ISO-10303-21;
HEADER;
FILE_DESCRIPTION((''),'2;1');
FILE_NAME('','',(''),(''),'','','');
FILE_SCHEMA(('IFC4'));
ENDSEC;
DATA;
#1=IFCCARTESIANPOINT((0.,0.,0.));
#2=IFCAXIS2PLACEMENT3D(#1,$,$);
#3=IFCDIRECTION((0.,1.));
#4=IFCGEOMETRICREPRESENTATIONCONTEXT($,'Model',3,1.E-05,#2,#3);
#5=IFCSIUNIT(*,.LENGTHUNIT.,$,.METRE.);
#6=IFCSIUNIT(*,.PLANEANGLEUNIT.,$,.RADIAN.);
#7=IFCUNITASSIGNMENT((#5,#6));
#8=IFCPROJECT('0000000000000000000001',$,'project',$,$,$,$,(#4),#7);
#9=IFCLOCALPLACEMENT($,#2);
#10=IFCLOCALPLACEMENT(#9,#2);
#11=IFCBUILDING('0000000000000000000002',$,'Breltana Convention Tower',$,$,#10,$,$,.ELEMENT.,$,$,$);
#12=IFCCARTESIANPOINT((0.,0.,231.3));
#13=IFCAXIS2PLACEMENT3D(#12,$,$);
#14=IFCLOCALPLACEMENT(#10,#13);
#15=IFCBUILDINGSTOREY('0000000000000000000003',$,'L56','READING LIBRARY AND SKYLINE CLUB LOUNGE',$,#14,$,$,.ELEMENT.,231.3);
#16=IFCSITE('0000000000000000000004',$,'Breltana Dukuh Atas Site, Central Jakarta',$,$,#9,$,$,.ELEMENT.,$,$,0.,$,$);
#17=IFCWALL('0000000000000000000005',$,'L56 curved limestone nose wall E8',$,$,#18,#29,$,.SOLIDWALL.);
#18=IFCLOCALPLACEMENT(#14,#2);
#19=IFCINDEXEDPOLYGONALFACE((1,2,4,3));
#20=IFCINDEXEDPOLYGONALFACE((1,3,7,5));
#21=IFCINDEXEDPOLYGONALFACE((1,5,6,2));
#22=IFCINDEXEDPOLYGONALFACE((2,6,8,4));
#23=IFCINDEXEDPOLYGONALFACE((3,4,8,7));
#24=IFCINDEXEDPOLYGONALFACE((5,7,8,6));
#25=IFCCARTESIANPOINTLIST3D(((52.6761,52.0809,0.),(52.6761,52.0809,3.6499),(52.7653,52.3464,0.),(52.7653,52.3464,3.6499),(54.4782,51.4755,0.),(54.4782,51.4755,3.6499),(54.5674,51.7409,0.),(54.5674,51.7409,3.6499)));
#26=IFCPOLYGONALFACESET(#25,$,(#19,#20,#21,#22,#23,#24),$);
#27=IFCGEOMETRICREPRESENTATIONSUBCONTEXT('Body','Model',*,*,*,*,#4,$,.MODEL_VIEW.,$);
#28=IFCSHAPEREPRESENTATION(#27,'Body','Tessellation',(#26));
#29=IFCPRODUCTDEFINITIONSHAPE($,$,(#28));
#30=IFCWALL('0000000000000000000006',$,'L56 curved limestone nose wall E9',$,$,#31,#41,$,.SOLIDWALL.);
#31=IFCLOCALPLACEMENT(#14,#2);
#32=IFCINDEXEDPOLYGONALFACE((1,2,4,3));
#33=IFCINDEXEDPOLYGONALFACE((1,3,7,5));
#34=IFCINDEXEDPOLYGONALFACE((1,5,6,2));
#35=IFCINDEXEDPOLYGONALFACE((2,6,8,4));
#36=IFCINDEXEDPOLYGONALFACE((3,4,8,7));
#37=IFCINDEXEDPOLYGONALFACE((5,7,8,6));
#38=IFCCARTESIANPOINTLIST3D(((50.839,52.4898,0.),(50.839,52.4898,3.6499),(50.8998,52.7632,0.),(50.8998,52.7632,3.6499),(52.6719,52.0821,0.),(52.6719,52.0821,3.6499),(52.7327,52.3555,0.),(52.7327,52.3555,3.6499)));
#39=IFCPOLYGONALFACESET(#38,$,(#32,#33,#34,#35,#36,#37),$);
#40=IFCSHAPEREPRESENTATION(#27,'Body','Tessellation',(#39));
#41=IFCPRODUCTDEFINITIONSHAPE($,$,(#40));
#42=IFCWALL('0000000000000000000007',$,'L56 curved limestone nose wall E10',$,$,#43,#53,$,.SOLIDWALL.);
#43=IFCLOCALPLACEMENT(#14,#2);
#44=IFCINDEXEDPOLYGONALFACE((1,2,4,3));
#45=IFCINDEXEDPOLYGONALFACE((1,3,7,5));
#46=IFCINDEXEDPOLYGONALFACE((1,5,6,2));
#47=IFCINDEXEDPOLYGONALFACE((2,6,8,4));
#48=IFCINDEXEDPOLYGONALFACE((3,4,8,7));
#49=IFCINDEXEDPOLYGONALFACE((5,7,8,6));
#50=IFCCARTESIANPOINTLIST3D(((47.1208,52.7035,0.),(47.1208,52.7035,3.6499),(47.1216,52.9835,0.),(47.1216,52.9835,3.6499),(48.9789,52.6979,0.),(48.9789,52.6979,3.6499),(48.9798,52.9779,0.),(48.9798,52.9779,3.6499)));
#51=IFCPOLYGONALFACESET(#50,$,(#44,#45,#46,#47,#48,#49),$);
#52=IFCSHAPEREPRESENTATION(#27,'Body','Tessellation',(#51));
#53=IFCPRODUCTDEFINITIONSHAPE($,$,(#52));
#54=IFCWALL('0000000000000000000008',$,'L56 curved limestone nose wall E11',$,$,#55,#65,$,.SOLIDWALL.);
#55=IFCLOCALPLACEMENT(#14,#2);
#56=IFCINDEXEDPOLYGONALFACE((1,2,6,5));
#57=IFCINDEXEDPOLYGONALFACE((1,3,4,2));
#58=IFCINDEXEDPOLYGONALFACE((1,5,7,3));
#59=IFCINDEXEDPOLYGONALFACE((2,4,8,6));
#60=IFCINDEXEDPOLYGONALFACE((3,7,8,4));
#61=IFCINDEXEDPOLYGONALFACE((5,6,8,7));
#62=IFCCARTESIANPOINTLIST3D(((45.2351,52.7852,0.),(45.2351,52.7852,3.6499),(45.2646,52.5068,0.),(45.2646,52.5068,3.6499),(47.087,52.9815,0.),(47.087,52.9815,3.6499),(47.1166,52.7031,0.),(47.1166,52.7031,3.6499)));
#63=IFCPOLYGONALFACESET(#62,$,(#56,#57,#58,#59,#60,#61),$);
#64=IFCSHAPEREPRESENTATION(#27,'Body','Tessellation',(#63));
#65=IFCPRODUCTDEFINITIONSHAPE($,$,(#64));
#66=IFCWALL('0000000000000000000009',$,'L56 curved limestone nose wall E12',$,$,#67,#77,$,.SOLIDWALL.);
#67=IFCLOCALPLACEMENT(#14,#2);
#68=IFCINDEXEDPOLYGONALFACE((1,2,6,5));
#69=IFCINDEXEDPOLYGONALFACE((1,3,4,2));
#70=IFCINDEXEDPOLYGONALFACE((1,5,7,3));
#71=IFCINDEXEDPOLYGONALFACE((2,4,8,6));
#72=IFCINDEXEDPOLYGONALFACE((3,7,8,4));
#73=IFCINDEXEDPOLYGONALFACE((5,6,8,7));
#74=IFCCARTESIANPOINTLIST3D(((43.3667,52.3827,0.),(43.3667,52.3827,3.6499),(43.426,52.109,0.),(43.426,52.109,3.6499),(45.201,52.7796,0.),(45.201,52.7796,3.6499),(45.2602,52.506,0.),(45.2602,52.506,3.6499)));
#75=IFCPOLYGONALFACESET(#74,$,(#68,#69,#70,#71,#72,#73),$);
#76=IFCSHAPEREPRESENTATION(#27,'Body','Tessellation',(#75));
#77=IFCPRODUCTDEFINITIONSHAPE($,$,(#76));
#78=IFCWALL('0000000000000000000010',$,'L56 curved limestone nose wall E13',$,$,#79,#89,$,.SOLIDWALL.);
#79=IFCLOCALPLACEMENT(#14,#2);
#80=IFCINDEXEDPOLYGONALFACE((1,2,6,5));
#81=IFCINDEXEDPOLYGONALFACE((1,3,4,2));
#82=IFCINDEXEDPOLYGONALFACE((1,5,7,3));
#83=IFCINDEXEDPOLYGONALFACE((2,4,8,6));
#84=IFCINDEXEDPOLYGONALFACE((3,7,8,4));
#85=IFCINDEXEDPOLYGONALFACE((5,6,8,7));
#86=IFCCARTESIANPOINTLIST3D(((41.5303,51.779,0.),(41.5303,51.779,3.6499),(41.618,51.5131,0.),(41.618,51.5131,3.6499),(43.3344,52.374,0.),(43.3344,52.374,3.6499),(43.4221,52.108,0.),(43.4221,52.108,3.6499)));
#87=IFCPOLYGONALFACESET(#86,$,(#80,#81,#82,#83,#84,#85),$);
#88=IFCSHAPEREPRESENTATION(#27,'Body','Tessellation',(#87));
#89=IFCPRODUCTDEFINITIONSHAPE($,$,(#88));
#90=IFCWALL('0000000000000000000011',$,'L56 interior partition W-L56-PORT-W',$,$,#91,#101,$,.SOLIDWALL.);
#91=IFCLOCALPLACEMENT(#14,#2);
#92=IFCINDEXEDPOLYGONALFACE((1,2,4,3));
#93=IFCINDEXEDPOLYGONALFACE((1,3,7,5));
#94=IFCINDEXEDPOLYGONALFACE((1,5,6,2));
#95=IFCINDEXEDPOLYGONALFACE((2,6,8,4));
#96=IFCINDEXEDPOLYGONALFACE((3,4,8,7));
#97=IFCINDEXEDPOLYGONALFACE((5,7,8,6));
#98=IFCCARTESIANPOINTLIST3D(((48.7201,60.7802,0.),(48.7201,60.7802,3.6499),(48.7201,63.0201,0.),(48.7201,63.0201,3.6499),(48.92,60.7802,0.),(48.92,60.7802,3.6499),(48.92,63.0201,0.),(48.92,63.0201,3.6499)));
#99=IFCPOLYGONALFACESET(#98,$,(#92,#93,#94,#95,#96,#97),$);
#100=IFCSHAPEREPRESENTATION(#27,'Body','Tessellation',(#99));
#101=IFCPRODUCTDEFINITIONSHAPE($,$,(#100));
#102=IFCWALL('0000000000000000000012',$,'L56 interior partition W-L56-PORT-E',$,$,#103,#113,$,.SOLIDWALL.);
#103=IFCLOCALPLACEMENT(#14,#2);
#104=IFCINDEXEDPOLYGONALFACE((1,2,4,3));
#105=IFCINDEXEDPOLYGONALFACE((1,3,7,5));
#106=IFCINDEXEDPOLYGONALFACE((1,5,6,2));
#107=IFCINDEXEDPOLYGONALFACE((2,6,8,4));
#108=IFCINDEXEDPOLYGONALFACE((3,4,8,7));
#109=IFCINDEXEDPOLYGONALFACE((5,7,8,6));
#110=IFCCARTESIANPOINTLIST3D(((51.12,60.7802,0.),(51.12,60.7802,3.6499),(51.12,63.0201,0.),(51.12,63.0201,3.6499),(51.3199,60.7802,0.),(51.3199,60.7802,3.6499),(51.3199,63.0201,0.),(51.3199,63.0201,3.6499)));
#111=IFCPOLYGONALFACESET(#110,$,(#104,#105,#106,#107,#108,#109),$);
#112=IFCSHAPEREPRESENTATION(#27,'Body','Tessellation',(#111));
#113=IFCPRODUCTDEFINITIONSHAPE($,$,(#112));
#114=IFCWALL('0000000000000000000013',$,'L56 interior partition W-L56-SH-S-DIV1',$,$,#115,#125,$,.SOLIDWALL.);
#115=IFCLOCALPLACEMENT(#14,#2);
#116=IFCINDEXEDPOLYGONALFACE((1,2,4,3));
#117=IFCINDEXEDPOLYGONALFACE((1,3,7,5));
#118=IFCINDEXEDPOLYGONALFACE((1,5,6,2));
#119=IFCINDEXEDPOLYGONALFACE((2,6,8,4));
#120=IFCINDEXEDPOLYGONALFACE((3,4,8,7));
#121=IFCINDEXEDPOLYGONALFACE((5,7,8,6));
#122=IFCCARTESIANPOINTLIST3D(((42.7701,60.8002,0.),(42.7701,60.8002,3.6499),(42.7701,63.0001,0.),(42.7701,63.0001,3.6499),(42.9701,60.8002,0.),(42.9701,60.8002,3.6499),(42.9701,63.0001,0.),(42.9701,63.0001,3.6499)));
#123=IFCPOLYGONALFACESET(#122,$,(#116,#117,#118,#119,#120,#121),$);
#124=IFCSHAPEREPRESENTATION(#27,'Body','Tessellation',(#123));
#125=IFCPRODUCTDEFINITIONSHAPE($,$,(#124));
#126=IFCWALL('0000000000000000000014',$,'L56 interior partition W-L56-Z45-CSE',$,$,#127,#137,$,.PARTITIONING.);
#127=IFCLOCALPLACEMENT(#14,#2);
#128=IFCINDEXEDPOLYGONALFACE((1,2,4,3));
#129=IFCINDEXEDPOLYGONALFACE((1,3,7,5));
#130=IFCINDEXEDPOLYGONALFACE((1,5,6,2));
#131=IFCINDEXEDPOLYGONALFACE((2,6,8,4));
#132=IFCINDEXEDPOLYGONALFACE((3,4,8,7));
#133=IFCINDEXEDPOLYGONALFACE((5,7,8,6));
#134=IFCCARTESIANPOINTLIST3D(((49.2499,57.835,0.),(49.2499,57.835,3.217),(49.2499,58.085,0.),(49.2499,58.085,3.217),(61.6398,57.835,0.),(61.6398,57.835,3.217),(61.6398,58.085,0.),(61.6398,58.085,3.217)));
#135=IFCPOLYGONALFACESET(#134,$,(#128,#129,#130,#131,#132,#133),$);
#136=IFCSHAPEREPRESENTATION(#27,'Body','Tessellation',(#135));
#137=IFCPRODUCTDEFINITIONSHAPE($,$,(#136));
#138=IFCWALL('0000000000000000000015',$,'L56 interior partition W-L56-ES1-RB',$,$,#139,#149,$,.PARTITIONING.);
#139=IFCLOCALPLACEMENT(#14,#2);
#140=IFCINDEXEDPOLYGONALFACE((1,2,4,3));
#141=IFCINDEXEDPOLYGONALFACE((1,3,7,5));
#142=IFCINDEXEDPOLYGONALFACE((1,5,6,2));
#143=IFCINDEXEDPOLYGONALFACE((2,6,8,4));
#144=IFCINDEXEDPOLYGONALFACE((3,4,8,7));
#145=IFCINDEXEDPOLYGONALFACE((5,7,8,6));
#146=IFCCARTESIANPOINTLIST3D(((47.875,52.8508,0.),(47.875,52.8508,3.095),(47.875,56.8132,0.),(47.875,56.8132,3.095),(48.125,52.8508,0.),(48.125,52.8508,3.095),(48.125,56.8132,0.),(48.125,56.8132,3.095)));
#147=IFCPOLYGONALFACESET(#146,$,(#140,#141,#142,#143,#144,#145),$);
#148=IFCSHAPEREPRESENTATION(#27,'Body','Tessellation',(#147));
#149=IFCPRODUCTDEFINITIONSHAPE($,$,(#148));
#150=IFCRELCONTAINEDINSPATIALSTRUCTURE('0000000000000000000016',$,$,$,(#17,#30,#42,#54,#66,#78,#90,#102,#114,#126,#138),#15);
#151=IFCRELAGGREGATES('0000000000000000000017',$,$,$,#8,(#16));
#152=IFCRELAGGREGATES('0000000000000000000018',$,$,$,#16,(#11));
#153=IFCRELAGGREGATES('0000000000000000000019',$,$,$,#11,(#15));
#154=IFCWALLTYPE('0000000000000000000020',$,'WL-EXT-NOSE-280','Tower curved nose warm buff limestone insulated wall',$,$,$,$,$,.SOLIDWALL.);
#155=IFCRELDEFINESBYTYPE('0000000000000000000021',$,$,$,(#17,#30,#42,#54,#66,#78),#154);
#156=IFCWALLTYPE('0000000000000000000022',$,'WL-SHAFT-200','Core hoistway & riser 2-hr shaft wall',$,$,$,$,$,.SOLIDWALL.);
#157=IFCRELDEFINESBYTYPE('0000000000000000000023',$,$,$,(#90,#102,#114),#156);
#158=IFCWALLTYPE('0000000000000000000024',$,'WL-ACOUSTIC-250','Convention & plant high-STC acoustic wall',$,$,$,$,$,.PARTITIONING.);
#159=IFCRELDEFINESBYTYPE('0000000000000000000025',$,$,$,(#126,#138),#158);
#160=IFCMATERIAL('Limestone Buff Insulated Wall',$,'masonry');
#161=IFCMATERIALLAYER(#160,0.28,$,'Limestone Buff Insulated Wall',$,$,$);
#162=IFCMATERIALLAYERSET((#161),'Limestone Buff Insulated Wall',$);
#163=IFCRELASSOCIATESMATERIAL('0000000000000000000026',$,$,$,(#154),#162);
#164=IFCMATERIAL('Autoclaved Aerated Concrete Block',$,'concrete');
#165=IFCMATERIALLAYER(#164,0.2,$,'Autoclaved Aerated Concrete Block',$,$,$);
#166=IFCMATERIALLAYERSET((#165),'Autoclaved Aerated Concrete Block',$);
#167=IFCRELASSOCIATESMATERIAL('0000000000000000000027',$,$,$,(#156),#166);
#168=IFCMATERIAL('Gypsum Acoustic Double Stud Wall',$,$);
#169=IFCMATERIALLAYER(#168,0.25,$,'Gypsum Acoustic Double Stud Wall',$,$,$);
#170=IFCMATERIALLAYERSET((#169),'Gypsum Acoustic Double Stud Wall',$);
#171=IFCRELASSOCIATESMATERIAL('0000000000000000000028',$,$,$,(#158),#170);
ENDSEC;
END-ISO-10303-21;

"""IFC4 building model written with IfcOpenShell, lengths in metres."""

from ifc_helpers import new_model, si_unit, direction, frame, frame_2d, origin, place, context, subcontext, project, spatial, rectangle, extrude, source, transform, mapped, material, layer, layer_set, type_object, element, save


model = new_model("IFC4")

# Units and contexts
model_context = context("Model", 3, precision=1e-05, world=origin(), true_north=direction((0.0, 1.0)))
body_context = subcontext(model_context, "Body", "Model", "MODEL_VIEW")
ifc_project = project(units=[si_unit("LENGTHUNIT", "METRE"), si_unit("PLANEANGLEUNIT", "RADIAN")], contexts=[model_context])

# Site, building, storey
site_placement = place(None, origin())
site = spatial("IfcSite", under=ifc_project, at=site_placement, Name="Breltana Dukuh Atas Site, Central Jakarta", CompositionType="ELEMENT", RefElevation=0.0)
building_placement = place(site_placement, origin())
building = spatial("IfcBuilding", under=site, at=building_placement, Name="Breltana Convention Tower", CompositionType="ELEMENT")
storey_placement = place(building_placement, frame((0.0, 0.0, 231.3)))
storey = spatial("IfcBuildingStorey", under=building, at=storey_placement, Name="L56", Description="READING LIBRARY AND SKYLINE CLUB LOUNGE", CompositionType="ELEMENT", Elevation=231.3)

# Walls
ifc_material_1 = material(Name="Limestone Buff Insulated Wall", Category="masonry")
ifc_layer_1 = layer(ifc_material_1, 0.28, Name="Limestone Buff Insulated Wall")
ifc_layer_set_1 = layer_set([ifc_layer_1], Name="Limestone Buff Insulated Wall")
wall_type_1 = type_object("IfcWallType", Name="WL-EXT-NOSE-280", Description="Tower curved nose warm buff limestone insulated wall", PredefinedType="SOLIDWALL", material=ifc_layer_set_1)
shared_shape_1 = source(origin(), body_context, "Body", "SweptSolid", [
    extrude(rectangle(XDim=1.9011, YDim=0.28, at=frame_2d((0.9507, 0.0))), origin(), (0.0, 0.0, 1.0), 3.6499),
])
wall_1_placement = place(storey_placement, frame((54.5229, 51.6082, 0.0), z_axis=(0.0, 0.0, 1.0), x_axis=(-0.947936, 0.318461, 0.0)))
element("IfcWall", 1, at=wall_1_placement, inside=storey, type_object=wall_type_1, Name="L56 curved limestone nose wall E8", PredefinedType="SOLIDWALL", context=body_context, shape_type="MappedRepresentation", body=[
    mapped(shared_shape_1, transform((0.0, 0.0, 0.0), scale=1.0)),
])
shared_shape_2 = source(origin(), body_context, "Body", "SweptSolid", [
    extrude(rectangle(XDim=1.8777, YDim=0.28, at=frame_2d((0.939, 0.0))), origin(), (0.0, 0.0, 1.0), 3.6499),
])
wall_2_placement = place(storey_placement, frame((52.7024, 52.2188, 0.0), z_axis=(0.0, 0.0, 1.0), x_axis=(-0.976138, 0.217151, 0.0)))
element("IfcWall", 2, at=wall_2_placement, inside=storey, type_object=wall_type_1, Name="L56 curved limestone nose wall E9", PredefinedType="SOLIDWALL", context=body_context, shape_type="MappedRepresentation", body=[
    mapped(shared_shape_2, transform((0.0, 0.0, 0.0), scale=1.0)),
])
shared_shape_3 = source(origin(), body_context, "Body", "SweptSolid", [
    extrude(rectangle(XDim=1.8582, YDim=0.28, at=frame_2d((0.9292, 0.0))), origin(), (0.0, 0.0, 1.0), 3.6499),
])
wall_3_placement = place(storey_placement, frame((48.9795, 52.8379, 0.0), z_axis=(0.0, 0.0, 1.0), x_axis=(-0.999995, 0.003022, 0.0)))
element("IfcWall", 3, at=wall_3_placement, inside=storey, type_object=wall_type_1, Name="L56 curved limestone nose wall E10", PredefinedType="SOLIDWALL", context=body_context, shape_type="MappedRepresentation", body=[
    mapped(shared_shape_3, transform((0.0, 0.0, 0.0), scale=1.0)),
])
shared_shape_4 = source(origin(), body_context, "Body", "SweptSolid", [
    extrude(rectangle(XDim=1.8623, YDim=0.28, at=frame_2d((0.9312, 0.0))), origin(), (0.0, 0.0, 1.0), 3.6499),
])
wall_4_placement = place(storey_placement, frame((47.1018, 52.8423, 0.0), z_axis=(0.0, 0.0, 1.0), x_axis=(-0.99443, -0.105394, 0.0)))
element("IfcWall", 4, at=wall_4_placement, inside=storey, type_object=wall_type_1, Name="L56 curved limestone nose wall E11", PredefinedType="SOLIDWALL", context=body_context, shape_type="MappedRepresentation", body=[
    mapped(shared_shape_4, transform((0.0, 0.0, 0.0), scale=1.0)),
])
shared_shape_5 = source(origin(), body_context, "Body", "SweptSolid", [
    extrude(rectangle(XDim=1.8767, YDim=0.28, at=frame_2d((0.9385, 0.0))), origin(), (0.0, 0.0, 1.0), 3.6499),
])
wall_5_placement = place(storey_placement, frame((45.2307, 52.6428, 0.0), z_axis=(0.0, 0.0, 1.0), x_axis=(-0.977372, -0.211528, 0.0)))
element("IfcWall", 5, at=wall_5_placement, inside=storey, type_object=wall_type_1, Name="L56 curved limestone nose wall E12", PredefinedType="SOLIDWALL", context=body_context, shape_type="MappedRepresentation", body=[
    mapped(shared_shape_5, transform((0.0, 0.0, 0.0), scale=1.0)),
])
shared_shape_6 = source(origin(), body_context, "Body", "SweptSolid", [
    extrude(rectangle(XDim=1.8997, YDim=0.28, at=frame_2d((0.9497, 0.0))), origin(), (0.0, 0.0, 1.0), 3.6499),
])
wall_6_placement = place(storey_placement, frame((43.3782, 52.241, 0.0), z_axis=(0.0, 0.0, 1.0), x_axis=(-0.949694, -0.31318, 0.0)))
element("IfcWall", 6, at=wall_6_placement, inside=storey, type_object=wall_type_1, Name="L56 curved limestone nose wall E13", PredefinedType="SOLIDWALL", context=body_context, shape_type="MappedRepresentation", body=[
    mapped(shared_shape_6, transform((0.0, 0.0, 0.0), scale=1.0)),
])
ifc_material_2 = material(Name="Autoclaved Aerated Concrete Block", Category="concrete")
ifc_layer_2 = layer(ifc_material_2, 0.2, Name="Autoclaved Aerated Concrete Block")
ifc_layer_set_2 = layer_set([ifc_layer_2], Name="Autoclaved Aerated Concrete Block")
wall_type_2 = type_object("IfcWallType", Name="WL-SHAFT-200", Description="Core hoistway & riser 2-hr shaft wall", PredefinedType="SOLIDWALL", material=ifc_layer_set_2)
shared_shape_7 = source(origin(), body_context, "Body", "SweptSolid", [
    extrude(rectangle(XDim=2.24, YDim=0.2, at=frame_2d((1.1201, 0.0))), origin(), (0.0, 0.0, 1.0), 3.6499),
])
for number, where, z_axis, x_axis, name in (
    (7, (48.8201, 60.78, 0.0), (0.0, 0.0, 1.0), (0.0, 1.0, 0.0), "L56 interior partition W-L56-PORT-W"),
    (8, (51.22, 60.78, 0.0), (0.0, 0.0, 1.0), (0.0, 1.0, 0.0), "L56 interior partition W-L56-PORT-E"),
):
    element("IfcWall", number, at=place(storey_placement, frame(where, z_axis=z_axis, x_axis=x_axis)), inside=storey, type_object=wall_type_2, Name=name, PredefinedType="SOLIDWALL", context=body_context, shape_type="MappedRepresentation", body=[
        mapped(shared_shape_7, transform((0.0, 0.0, 0.0), scale=1.0)),
    ])
shared_shape_8 = source(origin(), body_context, "Body", "SweptSolid", [
    extrude(rectangle(XDim=2.2, YDim=0.2, at=frame_2d((1.1001, 0.0))), origin(), (0.0, 0.0, 1.0), 3.6499),
])
wall_7_placement = place(storey_placement, frame((42.8701, 60.8, 0.0), z_axis=(0.0, 0.0, 1.0), x_axis=(0.0, 1.0, 0.0)))
element("IfcWall", 9, at=wall_7_placement, inside=storey, type_object=wall_type_2, Name="L56 interior partition W-L56-SH-S-DIV1", PredefinedType="SOLIDWALL", context=body_context, shape_type="MappedRepresentation", body=[
    mapped(shared_shape_8, transform((0.0, 0.0, 0.0), scale=1.0)),
])
ifc_material_3 = material(Name="Gypsum Acoustic Double Stud Wall")
ifc_layer_3 = layer(ifc_material_3, 0.25, Name="Gypsum Acoustic Double Stud Wall")
ifc_layer_set_3 = layer_set([ifc_layer_3], Name="Gypsum Acoustic Double Stud Wall")
wall_type_3 = type_object("IfcWallType", Name="WL-ACOUSTIC-250", Description="Convention & plant high-STC acoustic wall", PredefinedType="PARTITIONING", material=ifc_layer_set_3)
shared_shape_9 = source(origin(), body_context, "Body", "SweptSolid", [
    extrude(rectangle(XDim=12.3899, YDim=0.25, at=frame_2d((6.1948, 0.0))), origin(), (0.0, 0.0, 1.0), 3.217),
])
wall_8_placement = place(storey_placement, frame((49.25, 57.96, 0.0), z_axis=(0.0, 0.0, 1.0), x_axis=(1.0, 0.0, 0.0)))
element("IfcWall", 10, at=wall_8_placement, inside=storey, type_object=wall_type_3, Name="L56 interior partition W-L56-Z45-CSE", PredefinedType="PARTITIONING", context=body_context, shape_type="MappedRepresentation", body=[
    mapped(shared_shape_9, transform((0.0, 0.0, 0.0), scale=1.0)),
])
shared_shape_10 = source(origin(), body_context, "Body", "SweptSolid", [
    extrude(rectangle(XDim=3.9624, YDim=0.25, at=frame_2d((1.9812, 0.0))), origin(), (0.0, 0.0, 1.0), 3.095),
])
wall_9_placement = place(storey_placement, frame((48.0, 52.8508, 0.0), z_axis=(0.0, 0.0, 1.0), x_axis=(0.0, 1.0, 0.0)))
element("IfcWall", 11, at=wall_9_placement, inside=storey, type_object=wall_type_3, Name="L56 interior partition W-L56-ES1-RB", PredefinedType="PARTITIONING", context=body_context, shape_type="MappedRepresentation", body=[
    mapped(shared_shape_10, transform((0.0, 0.0, 0.0), scale=1.0)),
])

save(model, "model.ifc")
